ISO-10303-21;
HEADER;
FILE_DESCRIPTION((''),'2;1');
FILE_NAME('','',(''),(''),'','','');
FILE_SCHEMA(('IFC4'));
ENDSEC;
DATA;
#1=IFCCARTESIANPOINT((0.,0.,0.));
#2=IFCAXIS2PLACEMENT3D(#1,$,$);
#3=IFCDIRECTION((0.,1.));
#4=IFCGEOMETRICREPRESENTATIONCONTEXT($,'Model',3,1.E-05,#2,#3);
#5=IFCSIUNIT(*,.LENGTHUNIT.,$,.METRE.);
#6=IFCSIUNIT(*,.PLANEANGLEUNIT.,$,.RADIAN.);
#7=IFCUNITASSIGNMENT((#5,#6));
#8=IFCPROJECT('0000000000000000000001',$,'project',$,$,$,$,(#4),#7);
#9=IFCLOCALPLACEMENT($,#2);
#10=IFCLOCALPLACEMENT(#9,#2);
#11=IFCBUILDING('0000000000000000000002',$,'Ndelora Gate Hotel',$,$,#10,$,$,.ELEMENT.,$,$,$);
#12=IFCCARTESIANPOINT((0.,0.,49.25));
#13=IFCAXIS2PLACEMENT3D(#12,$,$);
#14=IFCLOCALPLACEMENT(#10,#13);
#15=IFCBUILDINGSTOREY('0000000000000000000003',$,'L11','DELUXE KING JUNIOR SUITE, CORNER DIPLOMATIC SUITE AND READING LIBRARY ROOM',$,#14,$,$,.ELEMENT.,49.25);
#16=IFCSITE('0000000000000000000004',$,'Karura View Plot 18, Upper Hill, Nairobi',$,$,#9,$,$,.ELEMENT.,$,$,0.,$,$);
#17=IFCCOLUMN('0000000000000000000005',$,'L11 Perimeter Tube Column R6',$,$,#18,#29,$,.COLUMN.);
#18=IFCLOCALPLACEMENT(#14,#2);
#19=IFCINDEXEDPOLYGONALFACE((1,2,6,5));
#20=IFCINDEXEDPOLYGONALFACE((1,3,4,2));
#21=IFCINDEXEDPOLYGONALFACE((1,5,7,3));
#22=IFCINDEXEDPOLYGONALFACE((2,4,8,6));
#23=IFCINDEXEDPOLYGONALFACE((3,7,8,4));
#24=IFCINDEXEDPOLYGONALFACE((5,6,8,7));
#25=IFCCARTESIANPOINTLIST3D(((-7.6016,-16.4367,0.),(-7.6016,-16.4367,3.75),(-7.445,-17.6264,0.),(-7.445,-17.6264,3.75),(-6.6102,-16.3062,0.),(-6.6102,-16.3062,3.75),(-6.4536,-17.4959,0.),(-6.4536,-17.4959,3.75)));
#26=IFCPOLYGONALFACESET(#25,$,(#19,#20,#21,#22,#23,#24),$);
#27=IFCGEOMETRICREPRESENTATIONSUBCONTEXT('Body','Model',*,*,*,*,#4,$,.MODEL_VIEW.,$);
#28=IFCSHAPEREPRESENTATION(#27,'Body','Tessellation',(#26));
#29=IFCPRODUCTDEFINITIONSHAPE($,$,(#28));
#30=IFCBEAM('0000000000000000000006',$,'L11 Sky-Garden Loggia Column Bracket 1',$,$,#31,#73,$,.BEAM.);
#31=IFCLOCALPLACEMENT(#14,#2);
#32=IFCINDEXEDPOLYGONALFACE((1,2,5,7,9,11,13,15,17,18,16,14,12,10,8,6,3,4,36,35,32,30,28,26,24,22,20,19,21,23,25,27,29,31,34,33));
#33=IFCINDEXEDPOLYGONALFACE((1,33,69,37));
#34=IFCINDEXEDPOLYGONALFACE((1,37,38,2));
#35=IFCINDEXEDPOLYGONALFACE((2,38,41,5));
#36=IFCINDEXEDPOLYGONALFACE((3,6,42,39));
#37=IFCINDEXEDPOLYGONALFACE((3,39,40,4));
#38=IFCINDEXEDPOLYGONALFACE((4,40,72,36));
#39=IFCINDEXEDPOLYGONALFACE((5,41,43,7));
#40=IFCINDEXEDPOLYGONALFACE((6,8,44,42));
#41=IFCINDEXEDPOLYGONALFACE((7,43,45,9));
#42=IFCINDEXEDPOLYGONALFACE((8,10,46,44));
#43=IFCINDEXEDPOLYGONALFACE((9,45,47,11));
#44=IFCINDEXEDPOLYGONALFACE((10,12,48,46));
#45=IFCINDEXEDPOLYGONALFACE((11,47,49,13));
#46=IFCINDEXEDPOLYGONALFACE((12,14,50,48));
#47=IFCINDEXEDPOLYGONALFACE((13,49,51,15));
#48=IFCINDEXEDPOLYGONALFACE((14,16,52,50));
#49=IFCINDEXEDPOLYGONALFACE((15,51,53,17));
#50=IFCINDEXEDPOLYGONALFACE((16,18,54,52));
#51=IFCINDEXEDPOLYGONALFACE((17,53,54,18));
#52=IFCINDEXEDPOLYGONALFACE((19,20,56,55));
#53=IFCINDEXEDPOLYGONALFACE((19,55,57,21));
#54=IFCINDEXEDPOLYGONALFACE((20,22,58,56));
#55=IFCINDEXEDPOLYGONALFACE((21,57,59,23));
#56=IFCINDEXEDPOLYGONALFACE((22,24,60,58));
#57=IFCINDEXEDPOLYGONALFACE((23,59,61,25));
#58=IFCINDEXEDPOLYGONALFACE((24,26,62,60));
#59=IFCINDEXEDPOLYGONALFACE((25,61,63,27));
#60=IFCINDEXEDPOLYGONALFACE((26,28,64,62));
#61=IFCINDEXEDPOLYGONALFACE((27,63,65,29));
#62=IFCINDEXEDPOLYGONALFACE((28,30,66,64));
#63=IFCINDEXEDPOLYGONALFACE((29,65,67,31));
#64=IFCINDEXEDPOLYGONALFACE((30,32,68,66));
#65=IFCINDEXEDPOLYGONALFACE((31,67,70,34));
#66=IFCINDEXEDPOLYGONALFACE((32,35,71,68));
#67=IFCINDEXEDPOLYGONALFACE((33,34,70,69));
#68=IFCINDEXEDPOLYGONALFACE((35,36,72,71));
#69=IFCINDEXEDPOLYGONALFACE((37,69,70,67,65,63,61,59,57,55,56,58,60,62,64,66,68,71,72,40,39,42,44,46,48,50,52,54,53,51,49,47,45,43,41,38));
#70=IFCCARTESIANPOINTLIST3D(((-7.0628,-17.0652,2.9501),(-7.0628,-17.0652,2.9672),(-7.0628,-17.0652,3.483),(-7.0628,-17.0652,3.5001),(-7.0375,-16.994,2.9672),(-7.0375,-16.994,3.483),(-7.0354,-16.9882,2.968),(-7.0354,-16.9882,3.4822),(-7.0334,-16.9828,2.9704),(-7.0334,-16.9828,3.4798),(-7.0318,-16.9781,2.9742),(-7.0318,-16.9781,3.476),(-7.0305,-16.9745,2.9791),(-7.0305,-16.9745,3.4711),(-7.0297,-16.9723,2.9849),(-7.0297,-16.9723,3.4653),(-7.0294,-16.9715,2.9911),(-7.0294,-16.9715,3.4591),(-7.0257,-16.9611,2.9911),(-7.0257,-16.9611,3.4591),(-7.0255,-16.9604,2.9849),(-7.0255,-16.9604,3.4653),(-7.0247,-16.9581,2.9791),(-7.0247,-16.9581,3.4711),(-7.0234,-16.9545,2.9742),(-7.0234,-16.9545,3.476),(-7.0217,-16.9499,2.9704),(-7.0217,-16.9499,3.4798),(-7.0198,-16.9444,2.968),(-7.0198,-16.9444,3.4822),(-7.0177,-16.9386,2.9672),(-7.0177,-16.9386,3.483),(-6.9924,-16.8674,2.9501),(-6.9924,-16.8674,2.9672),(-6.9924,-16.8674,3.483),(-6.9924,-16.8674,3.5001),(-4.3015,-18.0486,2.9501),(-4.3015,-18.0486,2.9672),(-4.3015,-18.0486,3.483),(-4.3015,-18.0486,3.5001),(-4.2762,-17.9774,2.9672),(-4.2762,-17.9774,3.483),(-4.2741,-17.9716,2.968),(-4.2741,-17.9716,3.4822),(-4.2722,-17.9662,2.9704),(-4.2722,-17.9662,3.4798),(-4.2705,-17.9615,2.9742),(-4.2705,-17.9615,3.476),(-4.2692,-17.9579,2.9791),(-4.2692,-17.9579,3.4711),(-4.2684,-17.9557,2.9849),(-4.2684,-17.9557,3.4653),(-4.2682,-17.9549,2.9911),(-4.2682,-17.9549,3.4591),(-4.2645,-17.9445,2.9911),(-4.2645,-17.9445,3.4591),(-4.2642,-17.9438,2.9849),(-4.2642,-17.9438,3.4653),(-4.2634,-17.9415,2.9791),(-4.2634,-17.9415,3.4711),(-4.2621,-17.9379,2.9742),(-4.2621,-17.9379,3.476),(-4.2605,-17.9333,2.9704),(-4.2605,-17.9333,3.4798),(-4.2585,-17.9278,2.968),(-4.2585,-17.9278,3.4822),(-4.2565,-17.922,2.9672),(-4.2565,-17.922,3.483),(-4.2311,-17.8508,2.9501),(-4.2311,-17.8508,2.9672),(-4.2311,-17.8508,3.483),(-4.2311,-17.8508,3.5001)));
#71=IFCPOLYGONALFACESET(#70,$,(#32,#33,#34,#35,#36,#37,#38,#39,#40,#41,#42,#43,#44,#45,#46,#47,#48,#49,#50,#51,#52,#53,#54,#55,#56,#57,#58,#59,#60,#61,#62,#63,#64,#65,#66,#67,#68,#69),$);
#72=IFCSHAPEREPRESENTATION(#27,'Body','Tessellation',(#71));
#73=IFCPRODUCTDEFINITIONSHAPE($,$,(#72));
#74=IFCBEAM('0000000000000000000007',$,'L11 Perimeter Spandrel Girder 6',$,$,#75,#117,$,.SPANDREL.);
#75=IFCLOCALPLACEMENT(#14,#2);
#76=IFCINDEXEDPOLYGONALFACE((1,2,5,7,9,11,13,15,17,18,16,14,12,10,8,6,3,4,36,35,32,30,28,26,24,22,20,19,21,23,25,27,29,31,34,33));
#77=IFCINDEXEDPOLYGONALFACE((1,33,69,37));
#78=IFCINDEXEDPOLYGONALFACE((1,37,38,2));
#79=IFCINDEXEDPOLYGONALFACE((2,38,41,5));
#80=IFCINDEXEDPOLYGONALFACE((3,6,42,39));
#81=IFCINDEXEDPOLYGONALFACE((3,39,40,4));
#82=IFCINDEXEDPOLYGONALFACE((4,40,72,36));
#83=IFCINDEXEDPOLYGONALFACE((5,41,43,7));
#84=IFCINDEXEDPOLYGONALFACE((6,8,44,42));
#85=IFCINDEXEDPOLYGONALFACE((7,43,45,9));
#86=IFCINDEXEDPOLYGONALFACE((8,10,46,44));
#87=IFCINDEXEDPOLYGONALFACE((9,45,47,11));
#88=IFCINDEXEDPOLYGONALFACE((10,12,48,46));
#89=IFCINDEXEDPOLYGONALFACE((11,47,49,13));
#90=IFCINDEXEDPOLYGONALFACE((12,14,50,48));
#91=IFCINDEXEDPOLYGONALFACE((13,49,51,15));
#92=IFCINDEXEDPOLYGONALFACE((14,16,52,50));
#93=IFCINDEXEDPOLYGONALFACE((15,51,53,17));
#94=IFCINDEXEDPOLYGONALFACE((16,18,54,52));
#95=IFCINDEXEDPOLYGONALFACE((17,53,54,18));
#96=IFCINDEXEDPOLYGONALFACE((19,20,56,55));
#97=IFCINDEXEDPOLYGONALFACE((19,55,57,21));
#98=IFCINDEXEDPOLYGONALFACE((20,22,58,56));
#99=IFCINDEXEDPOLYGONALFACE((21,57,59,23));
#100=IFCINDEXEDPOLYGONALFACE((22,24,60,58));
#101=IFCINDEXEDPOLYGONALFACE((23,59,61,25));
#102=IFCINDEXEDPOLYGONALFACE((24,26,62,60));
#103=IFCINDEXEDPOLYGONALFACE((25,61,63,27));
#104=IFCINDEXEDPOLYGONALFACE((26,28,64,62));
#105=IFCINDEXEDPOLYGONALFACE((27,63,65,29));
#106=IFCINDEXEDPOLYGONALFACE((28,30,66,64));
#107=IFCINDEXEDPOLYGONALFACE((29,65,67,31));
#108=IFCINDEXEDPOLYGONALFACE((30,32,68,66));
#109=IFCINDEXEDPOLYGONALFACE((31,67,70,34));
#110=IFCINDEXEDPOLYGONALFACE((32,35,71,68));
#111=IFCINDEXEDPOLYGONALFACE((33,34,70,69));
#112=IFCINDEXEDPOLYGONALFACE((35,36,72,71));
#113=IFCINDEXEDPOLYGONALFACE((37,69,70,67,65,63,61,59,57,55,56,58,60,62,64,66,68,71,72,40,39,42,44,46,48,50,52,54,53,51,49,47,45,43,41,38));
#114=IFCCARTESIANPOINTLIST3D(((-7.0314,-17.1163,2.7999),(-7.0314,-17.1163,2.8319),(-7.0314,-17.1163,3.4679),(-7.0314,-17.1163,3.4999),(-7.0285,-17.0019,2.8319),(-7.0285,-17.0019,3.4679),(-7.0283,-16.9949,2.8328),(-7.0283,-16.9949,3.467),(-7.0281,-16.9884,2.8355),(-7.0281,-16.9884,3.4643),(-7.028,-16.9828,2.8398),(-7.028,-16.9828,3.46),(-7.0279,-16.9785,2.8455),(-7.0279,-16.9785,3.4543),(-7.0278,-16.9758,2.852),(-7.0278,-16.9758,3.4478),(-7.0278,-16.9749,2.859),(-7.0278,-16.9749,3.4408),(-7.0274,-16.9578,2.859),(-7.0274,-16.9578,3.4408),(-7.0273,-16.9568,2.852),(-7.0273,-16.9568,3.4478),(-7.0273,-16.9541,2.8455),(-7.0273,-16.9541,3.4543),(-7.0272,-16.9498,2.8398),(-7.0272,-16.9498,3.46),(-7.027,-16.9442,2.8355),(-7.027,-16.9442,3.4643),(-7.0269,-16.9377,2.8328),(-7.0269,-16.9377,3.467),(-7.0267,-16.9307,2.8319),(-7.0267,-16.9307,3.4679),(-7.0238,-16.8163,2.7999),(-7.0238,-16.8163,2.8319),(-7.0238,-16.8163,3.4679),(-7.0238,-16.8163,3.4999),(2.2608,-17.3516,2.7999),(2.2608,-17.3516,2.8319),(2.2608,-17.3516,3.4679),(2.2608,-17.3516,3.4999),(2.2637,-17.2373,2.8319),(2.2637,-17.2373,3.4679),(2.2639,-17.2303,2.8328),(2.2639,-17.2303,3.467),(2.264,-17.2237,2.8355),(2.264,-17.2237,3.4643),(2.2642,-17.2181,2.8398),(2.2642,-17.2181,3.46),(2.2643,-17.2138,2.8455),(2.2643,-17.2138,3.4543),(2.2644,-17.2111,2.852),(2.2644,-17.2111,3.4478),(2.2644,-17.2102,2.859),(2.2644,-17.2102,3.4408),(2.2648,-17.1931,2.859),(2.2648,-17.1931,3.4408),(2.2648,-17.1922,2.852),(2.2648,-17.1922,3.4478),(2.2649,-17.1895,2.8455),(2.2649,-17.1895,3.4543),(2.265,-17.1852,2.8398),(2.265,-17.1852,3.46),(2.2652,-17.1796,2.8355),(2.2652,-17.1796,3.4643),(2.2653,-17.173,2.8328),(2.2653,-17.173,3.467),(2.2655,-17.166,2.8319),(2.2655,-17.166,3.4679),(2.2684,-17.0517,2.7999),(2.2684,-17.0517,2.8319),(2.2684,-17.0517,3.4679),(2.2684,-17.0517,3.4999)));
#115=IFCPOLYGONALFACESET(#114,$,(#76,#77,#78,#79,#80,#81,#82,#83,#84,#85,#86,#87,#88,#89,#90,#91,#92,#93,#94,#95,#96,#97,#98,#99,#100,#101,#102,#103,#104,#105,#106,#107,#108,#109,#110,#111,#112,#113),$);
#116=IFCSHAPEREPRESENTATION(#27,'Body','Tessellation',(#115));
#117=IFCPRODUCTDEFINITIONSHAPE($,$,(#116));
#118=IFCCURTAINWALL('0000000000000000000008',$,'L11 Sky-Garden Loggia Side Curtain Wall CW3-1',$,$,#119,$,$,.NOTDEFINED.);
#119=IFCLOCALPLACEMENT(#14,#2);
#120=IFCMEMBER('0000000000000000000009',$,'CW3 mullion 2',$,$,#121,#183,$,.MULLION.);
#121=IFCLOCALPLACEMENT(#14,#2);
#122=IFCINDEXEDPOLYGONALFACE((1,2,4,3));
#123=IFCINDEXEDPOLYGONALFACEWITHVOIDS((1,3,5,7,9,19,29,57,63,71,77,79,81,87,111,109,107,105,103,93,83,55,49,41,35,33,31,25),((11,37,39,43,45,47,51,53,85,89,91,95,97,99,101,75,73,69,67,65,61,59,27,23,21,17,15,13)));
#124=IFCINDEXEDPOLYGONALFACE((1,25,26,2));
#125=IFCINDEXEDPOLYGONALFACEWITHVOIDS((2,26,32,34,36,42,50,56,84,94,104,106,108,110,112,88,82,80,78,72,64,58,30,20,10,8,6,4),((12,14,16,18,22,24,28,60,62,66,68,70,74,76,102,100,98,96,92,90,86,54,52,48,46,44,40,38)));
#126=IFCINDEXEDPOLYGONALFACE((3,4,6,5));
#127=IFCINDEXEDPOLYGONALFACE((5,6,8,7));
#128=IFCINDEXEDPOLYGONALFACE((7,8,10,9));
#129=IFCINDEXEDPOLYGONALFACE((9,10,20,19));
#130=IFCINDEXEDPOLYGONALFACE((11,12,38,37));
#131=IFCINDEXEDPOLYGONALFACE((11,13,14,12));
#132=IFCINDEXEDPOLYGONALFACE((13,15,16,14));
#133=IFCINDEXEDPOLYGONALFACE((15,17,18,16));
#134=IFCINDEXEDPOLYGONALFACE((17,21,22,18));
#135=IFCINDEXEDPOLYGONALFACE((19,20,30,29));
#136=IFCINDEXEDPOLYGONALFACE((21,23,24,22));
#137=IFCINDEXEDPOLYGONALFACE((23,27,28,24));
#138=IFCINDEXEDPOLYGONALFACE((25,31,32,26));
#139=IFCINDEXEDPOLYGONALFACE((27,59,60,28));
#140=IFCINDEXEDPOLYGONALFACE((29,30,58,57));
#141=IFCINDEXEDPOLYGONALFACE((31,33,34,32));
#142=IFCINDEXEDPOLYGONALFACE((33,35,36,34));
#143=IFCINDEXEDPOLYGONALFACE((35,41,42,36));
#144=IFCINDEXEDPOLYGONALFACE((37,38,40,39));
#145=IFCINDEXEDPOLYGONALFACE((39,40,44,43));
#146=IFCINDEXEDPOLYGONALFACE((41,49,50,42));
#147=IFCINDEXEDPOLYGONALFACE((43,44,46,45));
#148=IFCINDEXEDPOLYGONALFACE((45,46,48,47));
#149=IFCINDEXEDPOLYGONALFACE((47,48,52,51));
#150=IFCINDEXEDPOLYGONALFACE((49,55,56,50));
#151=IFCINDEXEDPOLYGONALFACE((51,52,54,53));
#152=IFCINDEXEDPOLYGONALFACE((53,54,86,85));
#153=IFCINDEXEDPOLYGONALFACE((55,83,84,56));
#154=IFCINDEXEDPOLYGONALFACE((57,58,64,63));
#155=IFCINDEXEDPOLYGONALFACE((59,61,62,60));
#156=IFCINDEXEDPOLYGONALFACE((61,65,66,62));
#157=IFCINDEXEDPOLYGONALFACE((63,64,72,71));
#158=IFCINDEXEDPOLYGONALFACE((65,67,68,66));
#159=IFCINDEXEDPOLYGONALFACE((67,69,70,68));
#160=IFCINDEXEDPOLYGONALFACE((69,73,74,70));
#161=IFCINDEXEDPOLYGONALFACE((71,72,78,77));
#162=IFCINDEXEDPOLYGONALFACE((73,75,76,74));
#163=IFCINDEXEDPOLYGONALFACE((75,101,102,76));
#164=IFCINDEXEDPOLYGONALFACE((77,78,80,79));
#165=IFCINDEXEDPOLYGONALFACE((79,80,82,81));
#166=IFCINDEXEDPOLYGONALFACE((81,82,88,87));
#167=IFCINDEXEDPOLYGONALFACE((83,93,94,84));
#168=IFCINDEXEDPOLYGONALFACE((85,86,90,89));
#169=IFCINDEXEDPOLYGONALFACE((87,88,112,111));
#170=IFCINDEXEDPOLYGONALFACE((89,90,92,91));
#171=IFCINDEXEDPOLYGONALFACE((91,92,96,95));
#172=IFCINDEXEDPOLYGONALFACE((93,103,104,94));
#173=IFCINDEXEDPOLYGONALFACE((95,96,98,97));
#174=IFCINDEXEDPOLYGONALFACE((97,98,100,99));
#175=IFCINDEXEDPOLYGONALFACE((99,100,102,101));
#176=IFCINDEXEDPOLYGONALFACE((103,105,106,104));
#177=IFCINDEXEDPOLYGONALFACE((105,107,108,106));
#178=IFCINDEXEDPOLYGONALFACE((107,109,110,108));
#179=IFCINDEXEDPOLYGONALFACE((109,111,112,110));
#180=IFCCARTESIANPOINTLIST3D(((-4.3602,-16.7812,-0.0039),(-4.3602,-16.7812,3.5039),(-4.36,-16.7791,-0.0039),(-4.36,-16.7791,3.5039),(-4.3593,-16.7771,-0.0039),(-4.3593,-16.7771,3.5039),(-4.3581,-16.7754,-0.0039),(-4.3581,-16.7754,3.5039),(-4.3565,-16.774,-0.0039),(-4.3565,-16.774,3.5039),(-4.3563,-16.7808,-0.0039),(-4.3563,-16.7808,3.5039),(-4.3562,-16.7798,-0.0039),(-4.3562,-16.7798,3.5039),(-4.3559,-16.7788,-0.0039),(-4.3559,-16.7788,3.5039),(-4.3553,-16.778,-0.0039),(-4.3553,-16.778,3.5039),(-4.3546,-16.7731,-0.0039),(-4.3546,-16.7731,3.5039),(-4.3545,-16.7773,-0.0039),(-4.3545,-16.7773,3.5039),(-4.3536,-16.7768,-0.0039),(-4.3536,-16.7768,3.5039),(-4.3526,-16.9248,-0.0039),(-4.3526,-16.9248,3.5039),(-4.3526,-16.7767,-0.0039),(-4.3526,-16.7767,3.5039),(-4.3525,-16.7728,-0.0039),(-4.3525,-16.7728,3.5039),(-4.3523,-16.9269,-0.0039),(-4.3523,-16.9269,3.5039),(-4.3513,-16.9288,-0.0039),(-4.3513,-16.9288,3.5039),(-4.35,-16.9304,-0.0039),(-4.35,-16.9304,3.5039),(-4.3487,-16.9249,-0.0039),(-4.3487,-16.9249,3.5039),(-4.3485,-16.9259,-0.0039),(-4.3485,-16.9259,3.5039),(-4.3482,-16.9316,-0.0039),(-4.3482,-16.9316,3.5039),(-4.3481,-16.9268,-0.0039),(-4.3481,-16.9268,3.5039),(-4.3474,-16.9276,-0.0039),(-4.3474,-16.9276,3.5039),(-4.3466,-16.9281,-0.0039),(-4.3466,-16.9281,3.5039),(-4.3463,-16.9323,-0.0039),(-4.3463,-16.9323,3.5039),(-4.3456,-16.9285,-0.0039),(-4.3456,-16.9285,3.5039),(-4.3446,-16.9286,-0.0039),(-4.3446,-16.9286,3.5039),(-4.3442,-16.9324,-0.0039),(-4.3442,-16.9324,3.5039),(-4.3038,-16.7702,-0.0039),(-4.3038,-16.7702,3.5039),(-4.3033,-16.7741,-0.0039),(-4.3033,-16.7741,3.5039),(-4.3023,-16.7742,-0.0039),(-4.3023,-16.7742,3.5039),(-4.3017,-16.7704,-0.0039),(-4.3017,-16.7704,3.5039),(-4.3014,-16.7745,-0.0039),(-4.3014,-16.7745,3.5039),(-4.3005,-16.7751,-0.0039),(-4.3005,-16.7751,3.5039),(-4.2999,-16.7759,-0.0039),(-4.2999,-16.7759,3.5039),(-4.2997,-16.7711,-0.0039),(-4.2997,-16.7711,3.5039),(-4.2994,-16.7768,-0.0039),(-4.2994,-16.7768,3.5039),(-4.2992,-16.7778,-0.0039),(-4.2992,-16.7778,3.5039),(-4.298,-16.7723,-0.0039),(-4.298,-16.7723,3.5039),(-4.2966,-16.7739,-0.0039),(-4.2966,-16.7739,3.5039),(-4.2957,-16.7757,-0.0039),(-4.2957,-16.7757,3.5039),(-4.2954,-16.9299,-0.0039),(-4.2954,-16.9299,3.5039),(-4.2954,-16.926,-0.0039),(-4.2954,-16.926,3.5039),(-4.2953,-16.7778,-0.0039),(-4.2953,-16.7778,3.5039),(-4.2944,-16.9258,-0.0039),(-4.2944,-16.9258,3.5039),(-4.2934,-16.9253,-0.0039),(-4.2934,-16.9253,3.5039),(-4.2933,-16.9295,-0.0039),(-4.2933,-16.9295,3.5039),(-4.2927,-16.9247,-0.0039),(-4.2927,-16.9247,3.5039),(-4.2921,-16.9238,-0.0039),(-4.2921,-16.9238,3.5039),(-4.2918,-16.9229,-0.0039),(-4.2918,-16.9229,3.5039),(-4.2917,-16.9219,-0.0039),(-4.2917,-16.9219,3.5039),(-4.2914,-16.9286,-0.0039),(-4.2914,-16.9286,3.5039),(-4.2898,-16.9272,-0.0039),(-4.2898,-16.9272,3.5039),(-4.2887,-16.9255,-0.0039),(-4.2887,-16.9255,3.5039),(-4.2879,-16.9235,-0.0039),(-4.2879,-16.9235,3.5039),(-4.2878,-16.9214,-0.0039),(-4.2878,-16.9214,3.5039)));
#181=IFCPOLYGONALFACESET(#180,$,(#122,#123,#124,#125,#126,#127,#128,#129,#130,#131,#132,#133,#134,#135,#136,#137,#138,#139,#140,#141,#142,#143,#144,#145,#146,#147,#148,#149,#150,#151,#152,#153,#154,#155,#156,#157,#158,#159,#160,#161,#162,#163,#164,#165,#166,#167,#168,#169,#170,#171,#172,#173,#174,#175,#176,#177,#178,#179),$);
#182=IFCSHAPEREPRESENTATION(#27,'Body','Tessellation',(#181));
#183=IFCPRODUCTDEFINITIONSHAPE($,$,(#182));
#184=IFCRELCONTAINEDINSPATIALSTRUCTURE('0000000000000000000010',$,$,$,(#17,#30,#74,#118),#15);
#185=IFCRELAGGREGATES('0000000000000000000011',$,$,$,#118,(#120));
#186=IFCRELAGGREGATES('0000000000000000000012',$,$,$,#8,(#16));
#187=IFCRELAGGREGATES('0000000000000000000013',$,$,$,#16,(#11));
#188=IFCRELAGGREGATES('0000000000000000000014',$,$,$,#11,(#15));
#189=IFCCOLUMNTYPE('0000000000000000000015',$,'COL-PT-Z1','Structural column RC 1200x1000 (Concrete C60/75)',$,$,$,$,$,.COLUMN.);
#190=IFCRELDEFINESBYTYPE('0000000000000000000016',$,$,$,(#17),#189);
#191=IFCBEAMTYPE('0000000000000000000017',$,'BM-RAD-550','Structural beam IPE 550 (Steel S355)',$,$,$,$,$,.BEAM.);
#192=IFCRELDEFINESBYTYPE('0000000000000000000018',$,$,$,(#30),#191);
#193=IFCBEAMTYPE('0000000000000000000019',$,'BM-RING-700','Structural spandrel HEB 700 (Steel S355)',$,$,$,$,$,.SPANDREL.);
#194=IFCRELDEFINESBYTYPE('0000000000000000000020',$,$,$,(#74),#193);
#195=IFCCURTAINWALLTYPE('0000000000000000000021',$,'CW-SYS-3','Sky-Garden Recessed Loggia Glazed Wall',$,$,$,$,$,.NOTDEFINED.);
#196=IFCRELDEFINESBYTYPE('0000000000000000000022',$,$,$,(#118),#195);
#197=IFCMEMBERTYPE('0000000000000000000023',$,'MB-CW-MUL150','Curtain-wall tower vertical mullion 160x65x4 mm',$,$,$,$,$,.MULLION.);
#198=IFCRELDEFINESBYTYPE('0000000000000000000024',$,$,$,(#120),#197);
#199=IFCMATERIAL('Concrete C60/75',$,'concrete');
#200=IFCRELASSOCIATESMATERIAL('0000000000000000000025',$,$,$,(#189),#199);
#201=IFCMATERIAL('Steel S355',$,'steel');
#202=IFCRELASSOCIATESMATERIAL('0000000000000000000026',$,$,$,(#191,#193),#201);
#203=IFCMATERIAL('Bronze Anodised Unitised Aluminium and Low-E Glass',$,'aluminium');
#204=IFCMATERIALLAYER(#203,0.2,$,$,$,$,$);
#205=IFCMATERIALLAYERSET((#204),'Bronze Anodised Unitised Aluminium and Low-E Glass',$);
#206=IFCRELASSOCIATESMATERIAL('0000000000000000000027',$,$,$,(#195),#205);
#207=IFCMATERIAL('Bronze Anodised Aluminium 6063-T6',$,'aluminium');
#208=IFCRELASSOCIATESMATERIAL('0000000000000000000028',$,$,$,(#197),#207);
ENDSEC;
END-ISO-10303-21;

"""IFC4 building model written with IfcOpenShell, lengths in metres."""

from ifc_helpers import new_model, si_unit, direction, frame, origin, origin_2d, place, context, subcontext, project, spatial, rectangle, hollow_rectangle, i_section, extrude, material, layer, layer_set, material_profile, profile_set, type_object, element, aggregate, save


model = new_model("IFC4")

# Units and contexts
model_context = context("Model", 3, precision=1e-05, world=origin(), true_north=direction((0.0, 1.0)))
body_context = subcontext(model_context, "Body", "Model", "MODEL_VIEW")
ifc_project = project(units=[si_unit("LENGTHUNIT", "METRE"), si_unit("PLANEANGLEUNIT", "RADIAN")], contexts=[model_context])

# Site, building, storey
site_placement = place(None, origin())
site = spatial("IfcSite", under=ifc_project, at=site_placement, Name="Karura View Plot 18, Upper Hill, Nairobi", CompositionType="ELEMENT", RefElevation=0.0)
building_placement = place(site_placement, origin())
building = spatial("IfcBuilding", under=site, at=building_placement, Name="Ndelora Gate Hotel", CompositionType="ELEMENT")
storey_placement = place(building_placement, frame((0.0, 0.0, 49.25)))
storey = spatial("IfcBuildingStorey", under=building, at=storey_placement, Name="L11", Description="DELUXE KING JUNIOR SUITE, CORNER DIPLOMATIC SUITE AND READING LIBRARY ROOM", CompositionType="ELEMENT", Elevation=49.25)

# Column
ifc_material_1 = material(Name="Concrete C60/75", Category="concrete")
ifc_material_profile_1 = material_profile(ifc_material_1, rectangle(XDim=1.0, YDim=1.2, at=origin_2d()), Name="RC 1200x1000")
ifc_profile_set_1 = profile_set([ifc_material_profile_1], Name="Concrete C60/75")
column_type = type_object("IfcColumnType", Name="COL-PT-Z1", Description="Structural column RC 1200x1000 (Concrete C60/75)", PredefinedType="COLUMN", material=ifc_profile_set_1)
column_placement = place(storey_placement, frame((-7.0276, -16.9663, 0.0), z_axis=(0.0, 0.0, 1.0), x_axis=(0.991445, 0.130526, 0.0)))
element("IfcColumn", 1, at=column_placement, inside=storey, type_object=column_type, Name="L11 Perimeter Tube Column R6", PredefinedType="COLUMN", context=body_context, shape_type="SweptSolid", body=[
    extrude(rectangle(XDim=1.0, YDim=1.2, at=origin_2d()), origin(), (0.0, 0.0, 1.0), 3.75),
])

# Beams
ifc_material_2 = material(Name="Steel S355", Category="steel")
ifc_material_profile_2 = material_profile(ifc_material_2, i_section(OverallWidth=0.21, OverallDepth=0.55, WebThickness=0.011, FlangeThickness=0.0171, FilletRadius=0.0239, at=origin_2d()), Name="IPE 550")
ifc_profile_set_2 = profile_set([ifc_material_profile_2], Name="Steel S355")
beam_type_1 = type_object("IfcBeamType", Name="BM-RAD-550", Description="Structural beam IPE 550 (Steel S355)", PredefinedType="BEAM", material=ifc_profile_set_2)
beam_1_placement = place(storey_placement, frame((-7.0276, -16.9663, 3.2251), z_axis=(0.942039, -0.335503, 0.0), x_axis=(0.335503, 0.942039, 0.0)))
element("IfcBeam", 2, at=beam_1_placement, inside=storey, type_object=beam_type_1, Name="L11 Sky-Garden Loggia Column Bracket 1", PredefinedType="BEAM", context=body_context, shape_type="SweptSolid", body=[
    extrude(i_section(OverallWidth=0.21, OverallDepth=0.55, WebThickness=0.011, FlangeThickness=0.0171, FilletRadius=0.0239, at=origin_2d()), origin(), (0.0, 0.0, 1.0), 2.9312),
])
ifc_material_profile_3 = material_profile(ifc_material_2, i_section(OverallWidth=0.3, OverallDepth=0.7, WebThickness=0.0171, FlangeThickness=0.032, FilletRadius=0.0271, at=origin_2d()), Name="HEB 700")
ifc_profile_set_3 = profile_set([ifc_material_profile_3], Name="Steel S355")
beam_type_2 = type_object("IfcBeamType", Name="BM-RING-700", Description="Structural spandrel HEB 700 (Steel S355)", PredefinedType="SPANDREL", material=ifc_profile_set_3)
beam_2_placement = place(storey_placement, frame((-7.0276, -16.9663, 3.1499), z_axis=(0.999679, -0.02532, 0.0), x_axis=(0.02532, 0.999679, 0.0)))
element("IfcBeam", 3, at=beam_2_placement, inside=storey, type_object=beam_type_2, Name="L11 Perimeter Spandrel Girder 6", PredefinedType="SPANDREL", context=body_context, shape_type="SweptSolid", body=[
    extrude(i_section(OverallWidth=0.3, OverallDepth=0.7, WebThickness=0.0171, FlangeThickness=0.032, FilletRadius=0.0271, at=origin_2d()), origin(), (0.0, 0.0, 1.0), 9.2952),
])

# Curtain wall, member
ifc_material_3 = material(Name="Bronze Anodised Unitised Aluminium and Low-E Glass", Category="aluminium")
ifc_layer_1 = layer(ifc_material_3, 0.2)
ifc_layer_set_1 = layer_set([ifc_layer_1], Name="Bronze Anodised Unitised Aluminium and Low-E Glass")
curtain_wall_type = type_object("IfcCurtainWallType", Name="CW-SYS-3", Description="Sky-Garden Recessed Loggia Glazed Wall", PredefinedType="NOTDEFINED", material=ifc_layer_set_1)
curtain_wall_placement = place(storey_placement, origin())
curtain_wall = element("IfcCurtainWall", 4, at=curtain_wall_placement, inside=storey, type_object=curtain_wall_type, Name="L11 Sky-Garden Loggia Side Curtain Wall CW3-1", PredefinedType="NOTDEFINED")
ifc_material_4 = material(Name="Bronze Anodised Aluminium 6063-T6", Category="aluminium")
ifc_material_profile_4 = material_profile(ifc_material_4, hollow_rectangle(XDim=0.0649, YDim=0.1599, WallThickness=0.0039, InnerFilletRadius=0.0039, OuterFilletRadius=0.0081, at=origin_2d()), Name="ALU 160x65x4")
ifc_profile_set_4 = profile_set([ifc_material_profile_4], Name="Bronze Anodised Aluminium 6063-T6")
member_type_1 = type_object("IfcMemberType", Name="MB-CW-MUL150", Description="Curtain-wall tower vertical mullion 160x65x4 mm", PredefinedType="MULLION", material=ifc_profile_set_4)
member_1_placement = place(storey_placement, frame((-4.324, -16.8513, -0.0039), z_axis=(0.0, 0.0, 1.0), x_axis=(0.998628, 0.052363, 0.0)))
member_1 = element("IfcMember", 5, at=member_1_placement, type_object=member_type_1, Name="CW3 mullion 2", PredefinedType="MULLION", context=body_context, shape_type="SweptSolid", body=[
    extrude(hollow_rectangle(XDim=0.0649, YDim=0.1599, WallThickness=0.0039, InnerFilletRadius=0.0039, OuterFilletRadius=0.0081, at=origin_2d()), origin(), (0.0, 0.0, 1.0), 3.5078),
])
aggregate(curtain_wall, [member_1])

save(model, "model.ifc")
